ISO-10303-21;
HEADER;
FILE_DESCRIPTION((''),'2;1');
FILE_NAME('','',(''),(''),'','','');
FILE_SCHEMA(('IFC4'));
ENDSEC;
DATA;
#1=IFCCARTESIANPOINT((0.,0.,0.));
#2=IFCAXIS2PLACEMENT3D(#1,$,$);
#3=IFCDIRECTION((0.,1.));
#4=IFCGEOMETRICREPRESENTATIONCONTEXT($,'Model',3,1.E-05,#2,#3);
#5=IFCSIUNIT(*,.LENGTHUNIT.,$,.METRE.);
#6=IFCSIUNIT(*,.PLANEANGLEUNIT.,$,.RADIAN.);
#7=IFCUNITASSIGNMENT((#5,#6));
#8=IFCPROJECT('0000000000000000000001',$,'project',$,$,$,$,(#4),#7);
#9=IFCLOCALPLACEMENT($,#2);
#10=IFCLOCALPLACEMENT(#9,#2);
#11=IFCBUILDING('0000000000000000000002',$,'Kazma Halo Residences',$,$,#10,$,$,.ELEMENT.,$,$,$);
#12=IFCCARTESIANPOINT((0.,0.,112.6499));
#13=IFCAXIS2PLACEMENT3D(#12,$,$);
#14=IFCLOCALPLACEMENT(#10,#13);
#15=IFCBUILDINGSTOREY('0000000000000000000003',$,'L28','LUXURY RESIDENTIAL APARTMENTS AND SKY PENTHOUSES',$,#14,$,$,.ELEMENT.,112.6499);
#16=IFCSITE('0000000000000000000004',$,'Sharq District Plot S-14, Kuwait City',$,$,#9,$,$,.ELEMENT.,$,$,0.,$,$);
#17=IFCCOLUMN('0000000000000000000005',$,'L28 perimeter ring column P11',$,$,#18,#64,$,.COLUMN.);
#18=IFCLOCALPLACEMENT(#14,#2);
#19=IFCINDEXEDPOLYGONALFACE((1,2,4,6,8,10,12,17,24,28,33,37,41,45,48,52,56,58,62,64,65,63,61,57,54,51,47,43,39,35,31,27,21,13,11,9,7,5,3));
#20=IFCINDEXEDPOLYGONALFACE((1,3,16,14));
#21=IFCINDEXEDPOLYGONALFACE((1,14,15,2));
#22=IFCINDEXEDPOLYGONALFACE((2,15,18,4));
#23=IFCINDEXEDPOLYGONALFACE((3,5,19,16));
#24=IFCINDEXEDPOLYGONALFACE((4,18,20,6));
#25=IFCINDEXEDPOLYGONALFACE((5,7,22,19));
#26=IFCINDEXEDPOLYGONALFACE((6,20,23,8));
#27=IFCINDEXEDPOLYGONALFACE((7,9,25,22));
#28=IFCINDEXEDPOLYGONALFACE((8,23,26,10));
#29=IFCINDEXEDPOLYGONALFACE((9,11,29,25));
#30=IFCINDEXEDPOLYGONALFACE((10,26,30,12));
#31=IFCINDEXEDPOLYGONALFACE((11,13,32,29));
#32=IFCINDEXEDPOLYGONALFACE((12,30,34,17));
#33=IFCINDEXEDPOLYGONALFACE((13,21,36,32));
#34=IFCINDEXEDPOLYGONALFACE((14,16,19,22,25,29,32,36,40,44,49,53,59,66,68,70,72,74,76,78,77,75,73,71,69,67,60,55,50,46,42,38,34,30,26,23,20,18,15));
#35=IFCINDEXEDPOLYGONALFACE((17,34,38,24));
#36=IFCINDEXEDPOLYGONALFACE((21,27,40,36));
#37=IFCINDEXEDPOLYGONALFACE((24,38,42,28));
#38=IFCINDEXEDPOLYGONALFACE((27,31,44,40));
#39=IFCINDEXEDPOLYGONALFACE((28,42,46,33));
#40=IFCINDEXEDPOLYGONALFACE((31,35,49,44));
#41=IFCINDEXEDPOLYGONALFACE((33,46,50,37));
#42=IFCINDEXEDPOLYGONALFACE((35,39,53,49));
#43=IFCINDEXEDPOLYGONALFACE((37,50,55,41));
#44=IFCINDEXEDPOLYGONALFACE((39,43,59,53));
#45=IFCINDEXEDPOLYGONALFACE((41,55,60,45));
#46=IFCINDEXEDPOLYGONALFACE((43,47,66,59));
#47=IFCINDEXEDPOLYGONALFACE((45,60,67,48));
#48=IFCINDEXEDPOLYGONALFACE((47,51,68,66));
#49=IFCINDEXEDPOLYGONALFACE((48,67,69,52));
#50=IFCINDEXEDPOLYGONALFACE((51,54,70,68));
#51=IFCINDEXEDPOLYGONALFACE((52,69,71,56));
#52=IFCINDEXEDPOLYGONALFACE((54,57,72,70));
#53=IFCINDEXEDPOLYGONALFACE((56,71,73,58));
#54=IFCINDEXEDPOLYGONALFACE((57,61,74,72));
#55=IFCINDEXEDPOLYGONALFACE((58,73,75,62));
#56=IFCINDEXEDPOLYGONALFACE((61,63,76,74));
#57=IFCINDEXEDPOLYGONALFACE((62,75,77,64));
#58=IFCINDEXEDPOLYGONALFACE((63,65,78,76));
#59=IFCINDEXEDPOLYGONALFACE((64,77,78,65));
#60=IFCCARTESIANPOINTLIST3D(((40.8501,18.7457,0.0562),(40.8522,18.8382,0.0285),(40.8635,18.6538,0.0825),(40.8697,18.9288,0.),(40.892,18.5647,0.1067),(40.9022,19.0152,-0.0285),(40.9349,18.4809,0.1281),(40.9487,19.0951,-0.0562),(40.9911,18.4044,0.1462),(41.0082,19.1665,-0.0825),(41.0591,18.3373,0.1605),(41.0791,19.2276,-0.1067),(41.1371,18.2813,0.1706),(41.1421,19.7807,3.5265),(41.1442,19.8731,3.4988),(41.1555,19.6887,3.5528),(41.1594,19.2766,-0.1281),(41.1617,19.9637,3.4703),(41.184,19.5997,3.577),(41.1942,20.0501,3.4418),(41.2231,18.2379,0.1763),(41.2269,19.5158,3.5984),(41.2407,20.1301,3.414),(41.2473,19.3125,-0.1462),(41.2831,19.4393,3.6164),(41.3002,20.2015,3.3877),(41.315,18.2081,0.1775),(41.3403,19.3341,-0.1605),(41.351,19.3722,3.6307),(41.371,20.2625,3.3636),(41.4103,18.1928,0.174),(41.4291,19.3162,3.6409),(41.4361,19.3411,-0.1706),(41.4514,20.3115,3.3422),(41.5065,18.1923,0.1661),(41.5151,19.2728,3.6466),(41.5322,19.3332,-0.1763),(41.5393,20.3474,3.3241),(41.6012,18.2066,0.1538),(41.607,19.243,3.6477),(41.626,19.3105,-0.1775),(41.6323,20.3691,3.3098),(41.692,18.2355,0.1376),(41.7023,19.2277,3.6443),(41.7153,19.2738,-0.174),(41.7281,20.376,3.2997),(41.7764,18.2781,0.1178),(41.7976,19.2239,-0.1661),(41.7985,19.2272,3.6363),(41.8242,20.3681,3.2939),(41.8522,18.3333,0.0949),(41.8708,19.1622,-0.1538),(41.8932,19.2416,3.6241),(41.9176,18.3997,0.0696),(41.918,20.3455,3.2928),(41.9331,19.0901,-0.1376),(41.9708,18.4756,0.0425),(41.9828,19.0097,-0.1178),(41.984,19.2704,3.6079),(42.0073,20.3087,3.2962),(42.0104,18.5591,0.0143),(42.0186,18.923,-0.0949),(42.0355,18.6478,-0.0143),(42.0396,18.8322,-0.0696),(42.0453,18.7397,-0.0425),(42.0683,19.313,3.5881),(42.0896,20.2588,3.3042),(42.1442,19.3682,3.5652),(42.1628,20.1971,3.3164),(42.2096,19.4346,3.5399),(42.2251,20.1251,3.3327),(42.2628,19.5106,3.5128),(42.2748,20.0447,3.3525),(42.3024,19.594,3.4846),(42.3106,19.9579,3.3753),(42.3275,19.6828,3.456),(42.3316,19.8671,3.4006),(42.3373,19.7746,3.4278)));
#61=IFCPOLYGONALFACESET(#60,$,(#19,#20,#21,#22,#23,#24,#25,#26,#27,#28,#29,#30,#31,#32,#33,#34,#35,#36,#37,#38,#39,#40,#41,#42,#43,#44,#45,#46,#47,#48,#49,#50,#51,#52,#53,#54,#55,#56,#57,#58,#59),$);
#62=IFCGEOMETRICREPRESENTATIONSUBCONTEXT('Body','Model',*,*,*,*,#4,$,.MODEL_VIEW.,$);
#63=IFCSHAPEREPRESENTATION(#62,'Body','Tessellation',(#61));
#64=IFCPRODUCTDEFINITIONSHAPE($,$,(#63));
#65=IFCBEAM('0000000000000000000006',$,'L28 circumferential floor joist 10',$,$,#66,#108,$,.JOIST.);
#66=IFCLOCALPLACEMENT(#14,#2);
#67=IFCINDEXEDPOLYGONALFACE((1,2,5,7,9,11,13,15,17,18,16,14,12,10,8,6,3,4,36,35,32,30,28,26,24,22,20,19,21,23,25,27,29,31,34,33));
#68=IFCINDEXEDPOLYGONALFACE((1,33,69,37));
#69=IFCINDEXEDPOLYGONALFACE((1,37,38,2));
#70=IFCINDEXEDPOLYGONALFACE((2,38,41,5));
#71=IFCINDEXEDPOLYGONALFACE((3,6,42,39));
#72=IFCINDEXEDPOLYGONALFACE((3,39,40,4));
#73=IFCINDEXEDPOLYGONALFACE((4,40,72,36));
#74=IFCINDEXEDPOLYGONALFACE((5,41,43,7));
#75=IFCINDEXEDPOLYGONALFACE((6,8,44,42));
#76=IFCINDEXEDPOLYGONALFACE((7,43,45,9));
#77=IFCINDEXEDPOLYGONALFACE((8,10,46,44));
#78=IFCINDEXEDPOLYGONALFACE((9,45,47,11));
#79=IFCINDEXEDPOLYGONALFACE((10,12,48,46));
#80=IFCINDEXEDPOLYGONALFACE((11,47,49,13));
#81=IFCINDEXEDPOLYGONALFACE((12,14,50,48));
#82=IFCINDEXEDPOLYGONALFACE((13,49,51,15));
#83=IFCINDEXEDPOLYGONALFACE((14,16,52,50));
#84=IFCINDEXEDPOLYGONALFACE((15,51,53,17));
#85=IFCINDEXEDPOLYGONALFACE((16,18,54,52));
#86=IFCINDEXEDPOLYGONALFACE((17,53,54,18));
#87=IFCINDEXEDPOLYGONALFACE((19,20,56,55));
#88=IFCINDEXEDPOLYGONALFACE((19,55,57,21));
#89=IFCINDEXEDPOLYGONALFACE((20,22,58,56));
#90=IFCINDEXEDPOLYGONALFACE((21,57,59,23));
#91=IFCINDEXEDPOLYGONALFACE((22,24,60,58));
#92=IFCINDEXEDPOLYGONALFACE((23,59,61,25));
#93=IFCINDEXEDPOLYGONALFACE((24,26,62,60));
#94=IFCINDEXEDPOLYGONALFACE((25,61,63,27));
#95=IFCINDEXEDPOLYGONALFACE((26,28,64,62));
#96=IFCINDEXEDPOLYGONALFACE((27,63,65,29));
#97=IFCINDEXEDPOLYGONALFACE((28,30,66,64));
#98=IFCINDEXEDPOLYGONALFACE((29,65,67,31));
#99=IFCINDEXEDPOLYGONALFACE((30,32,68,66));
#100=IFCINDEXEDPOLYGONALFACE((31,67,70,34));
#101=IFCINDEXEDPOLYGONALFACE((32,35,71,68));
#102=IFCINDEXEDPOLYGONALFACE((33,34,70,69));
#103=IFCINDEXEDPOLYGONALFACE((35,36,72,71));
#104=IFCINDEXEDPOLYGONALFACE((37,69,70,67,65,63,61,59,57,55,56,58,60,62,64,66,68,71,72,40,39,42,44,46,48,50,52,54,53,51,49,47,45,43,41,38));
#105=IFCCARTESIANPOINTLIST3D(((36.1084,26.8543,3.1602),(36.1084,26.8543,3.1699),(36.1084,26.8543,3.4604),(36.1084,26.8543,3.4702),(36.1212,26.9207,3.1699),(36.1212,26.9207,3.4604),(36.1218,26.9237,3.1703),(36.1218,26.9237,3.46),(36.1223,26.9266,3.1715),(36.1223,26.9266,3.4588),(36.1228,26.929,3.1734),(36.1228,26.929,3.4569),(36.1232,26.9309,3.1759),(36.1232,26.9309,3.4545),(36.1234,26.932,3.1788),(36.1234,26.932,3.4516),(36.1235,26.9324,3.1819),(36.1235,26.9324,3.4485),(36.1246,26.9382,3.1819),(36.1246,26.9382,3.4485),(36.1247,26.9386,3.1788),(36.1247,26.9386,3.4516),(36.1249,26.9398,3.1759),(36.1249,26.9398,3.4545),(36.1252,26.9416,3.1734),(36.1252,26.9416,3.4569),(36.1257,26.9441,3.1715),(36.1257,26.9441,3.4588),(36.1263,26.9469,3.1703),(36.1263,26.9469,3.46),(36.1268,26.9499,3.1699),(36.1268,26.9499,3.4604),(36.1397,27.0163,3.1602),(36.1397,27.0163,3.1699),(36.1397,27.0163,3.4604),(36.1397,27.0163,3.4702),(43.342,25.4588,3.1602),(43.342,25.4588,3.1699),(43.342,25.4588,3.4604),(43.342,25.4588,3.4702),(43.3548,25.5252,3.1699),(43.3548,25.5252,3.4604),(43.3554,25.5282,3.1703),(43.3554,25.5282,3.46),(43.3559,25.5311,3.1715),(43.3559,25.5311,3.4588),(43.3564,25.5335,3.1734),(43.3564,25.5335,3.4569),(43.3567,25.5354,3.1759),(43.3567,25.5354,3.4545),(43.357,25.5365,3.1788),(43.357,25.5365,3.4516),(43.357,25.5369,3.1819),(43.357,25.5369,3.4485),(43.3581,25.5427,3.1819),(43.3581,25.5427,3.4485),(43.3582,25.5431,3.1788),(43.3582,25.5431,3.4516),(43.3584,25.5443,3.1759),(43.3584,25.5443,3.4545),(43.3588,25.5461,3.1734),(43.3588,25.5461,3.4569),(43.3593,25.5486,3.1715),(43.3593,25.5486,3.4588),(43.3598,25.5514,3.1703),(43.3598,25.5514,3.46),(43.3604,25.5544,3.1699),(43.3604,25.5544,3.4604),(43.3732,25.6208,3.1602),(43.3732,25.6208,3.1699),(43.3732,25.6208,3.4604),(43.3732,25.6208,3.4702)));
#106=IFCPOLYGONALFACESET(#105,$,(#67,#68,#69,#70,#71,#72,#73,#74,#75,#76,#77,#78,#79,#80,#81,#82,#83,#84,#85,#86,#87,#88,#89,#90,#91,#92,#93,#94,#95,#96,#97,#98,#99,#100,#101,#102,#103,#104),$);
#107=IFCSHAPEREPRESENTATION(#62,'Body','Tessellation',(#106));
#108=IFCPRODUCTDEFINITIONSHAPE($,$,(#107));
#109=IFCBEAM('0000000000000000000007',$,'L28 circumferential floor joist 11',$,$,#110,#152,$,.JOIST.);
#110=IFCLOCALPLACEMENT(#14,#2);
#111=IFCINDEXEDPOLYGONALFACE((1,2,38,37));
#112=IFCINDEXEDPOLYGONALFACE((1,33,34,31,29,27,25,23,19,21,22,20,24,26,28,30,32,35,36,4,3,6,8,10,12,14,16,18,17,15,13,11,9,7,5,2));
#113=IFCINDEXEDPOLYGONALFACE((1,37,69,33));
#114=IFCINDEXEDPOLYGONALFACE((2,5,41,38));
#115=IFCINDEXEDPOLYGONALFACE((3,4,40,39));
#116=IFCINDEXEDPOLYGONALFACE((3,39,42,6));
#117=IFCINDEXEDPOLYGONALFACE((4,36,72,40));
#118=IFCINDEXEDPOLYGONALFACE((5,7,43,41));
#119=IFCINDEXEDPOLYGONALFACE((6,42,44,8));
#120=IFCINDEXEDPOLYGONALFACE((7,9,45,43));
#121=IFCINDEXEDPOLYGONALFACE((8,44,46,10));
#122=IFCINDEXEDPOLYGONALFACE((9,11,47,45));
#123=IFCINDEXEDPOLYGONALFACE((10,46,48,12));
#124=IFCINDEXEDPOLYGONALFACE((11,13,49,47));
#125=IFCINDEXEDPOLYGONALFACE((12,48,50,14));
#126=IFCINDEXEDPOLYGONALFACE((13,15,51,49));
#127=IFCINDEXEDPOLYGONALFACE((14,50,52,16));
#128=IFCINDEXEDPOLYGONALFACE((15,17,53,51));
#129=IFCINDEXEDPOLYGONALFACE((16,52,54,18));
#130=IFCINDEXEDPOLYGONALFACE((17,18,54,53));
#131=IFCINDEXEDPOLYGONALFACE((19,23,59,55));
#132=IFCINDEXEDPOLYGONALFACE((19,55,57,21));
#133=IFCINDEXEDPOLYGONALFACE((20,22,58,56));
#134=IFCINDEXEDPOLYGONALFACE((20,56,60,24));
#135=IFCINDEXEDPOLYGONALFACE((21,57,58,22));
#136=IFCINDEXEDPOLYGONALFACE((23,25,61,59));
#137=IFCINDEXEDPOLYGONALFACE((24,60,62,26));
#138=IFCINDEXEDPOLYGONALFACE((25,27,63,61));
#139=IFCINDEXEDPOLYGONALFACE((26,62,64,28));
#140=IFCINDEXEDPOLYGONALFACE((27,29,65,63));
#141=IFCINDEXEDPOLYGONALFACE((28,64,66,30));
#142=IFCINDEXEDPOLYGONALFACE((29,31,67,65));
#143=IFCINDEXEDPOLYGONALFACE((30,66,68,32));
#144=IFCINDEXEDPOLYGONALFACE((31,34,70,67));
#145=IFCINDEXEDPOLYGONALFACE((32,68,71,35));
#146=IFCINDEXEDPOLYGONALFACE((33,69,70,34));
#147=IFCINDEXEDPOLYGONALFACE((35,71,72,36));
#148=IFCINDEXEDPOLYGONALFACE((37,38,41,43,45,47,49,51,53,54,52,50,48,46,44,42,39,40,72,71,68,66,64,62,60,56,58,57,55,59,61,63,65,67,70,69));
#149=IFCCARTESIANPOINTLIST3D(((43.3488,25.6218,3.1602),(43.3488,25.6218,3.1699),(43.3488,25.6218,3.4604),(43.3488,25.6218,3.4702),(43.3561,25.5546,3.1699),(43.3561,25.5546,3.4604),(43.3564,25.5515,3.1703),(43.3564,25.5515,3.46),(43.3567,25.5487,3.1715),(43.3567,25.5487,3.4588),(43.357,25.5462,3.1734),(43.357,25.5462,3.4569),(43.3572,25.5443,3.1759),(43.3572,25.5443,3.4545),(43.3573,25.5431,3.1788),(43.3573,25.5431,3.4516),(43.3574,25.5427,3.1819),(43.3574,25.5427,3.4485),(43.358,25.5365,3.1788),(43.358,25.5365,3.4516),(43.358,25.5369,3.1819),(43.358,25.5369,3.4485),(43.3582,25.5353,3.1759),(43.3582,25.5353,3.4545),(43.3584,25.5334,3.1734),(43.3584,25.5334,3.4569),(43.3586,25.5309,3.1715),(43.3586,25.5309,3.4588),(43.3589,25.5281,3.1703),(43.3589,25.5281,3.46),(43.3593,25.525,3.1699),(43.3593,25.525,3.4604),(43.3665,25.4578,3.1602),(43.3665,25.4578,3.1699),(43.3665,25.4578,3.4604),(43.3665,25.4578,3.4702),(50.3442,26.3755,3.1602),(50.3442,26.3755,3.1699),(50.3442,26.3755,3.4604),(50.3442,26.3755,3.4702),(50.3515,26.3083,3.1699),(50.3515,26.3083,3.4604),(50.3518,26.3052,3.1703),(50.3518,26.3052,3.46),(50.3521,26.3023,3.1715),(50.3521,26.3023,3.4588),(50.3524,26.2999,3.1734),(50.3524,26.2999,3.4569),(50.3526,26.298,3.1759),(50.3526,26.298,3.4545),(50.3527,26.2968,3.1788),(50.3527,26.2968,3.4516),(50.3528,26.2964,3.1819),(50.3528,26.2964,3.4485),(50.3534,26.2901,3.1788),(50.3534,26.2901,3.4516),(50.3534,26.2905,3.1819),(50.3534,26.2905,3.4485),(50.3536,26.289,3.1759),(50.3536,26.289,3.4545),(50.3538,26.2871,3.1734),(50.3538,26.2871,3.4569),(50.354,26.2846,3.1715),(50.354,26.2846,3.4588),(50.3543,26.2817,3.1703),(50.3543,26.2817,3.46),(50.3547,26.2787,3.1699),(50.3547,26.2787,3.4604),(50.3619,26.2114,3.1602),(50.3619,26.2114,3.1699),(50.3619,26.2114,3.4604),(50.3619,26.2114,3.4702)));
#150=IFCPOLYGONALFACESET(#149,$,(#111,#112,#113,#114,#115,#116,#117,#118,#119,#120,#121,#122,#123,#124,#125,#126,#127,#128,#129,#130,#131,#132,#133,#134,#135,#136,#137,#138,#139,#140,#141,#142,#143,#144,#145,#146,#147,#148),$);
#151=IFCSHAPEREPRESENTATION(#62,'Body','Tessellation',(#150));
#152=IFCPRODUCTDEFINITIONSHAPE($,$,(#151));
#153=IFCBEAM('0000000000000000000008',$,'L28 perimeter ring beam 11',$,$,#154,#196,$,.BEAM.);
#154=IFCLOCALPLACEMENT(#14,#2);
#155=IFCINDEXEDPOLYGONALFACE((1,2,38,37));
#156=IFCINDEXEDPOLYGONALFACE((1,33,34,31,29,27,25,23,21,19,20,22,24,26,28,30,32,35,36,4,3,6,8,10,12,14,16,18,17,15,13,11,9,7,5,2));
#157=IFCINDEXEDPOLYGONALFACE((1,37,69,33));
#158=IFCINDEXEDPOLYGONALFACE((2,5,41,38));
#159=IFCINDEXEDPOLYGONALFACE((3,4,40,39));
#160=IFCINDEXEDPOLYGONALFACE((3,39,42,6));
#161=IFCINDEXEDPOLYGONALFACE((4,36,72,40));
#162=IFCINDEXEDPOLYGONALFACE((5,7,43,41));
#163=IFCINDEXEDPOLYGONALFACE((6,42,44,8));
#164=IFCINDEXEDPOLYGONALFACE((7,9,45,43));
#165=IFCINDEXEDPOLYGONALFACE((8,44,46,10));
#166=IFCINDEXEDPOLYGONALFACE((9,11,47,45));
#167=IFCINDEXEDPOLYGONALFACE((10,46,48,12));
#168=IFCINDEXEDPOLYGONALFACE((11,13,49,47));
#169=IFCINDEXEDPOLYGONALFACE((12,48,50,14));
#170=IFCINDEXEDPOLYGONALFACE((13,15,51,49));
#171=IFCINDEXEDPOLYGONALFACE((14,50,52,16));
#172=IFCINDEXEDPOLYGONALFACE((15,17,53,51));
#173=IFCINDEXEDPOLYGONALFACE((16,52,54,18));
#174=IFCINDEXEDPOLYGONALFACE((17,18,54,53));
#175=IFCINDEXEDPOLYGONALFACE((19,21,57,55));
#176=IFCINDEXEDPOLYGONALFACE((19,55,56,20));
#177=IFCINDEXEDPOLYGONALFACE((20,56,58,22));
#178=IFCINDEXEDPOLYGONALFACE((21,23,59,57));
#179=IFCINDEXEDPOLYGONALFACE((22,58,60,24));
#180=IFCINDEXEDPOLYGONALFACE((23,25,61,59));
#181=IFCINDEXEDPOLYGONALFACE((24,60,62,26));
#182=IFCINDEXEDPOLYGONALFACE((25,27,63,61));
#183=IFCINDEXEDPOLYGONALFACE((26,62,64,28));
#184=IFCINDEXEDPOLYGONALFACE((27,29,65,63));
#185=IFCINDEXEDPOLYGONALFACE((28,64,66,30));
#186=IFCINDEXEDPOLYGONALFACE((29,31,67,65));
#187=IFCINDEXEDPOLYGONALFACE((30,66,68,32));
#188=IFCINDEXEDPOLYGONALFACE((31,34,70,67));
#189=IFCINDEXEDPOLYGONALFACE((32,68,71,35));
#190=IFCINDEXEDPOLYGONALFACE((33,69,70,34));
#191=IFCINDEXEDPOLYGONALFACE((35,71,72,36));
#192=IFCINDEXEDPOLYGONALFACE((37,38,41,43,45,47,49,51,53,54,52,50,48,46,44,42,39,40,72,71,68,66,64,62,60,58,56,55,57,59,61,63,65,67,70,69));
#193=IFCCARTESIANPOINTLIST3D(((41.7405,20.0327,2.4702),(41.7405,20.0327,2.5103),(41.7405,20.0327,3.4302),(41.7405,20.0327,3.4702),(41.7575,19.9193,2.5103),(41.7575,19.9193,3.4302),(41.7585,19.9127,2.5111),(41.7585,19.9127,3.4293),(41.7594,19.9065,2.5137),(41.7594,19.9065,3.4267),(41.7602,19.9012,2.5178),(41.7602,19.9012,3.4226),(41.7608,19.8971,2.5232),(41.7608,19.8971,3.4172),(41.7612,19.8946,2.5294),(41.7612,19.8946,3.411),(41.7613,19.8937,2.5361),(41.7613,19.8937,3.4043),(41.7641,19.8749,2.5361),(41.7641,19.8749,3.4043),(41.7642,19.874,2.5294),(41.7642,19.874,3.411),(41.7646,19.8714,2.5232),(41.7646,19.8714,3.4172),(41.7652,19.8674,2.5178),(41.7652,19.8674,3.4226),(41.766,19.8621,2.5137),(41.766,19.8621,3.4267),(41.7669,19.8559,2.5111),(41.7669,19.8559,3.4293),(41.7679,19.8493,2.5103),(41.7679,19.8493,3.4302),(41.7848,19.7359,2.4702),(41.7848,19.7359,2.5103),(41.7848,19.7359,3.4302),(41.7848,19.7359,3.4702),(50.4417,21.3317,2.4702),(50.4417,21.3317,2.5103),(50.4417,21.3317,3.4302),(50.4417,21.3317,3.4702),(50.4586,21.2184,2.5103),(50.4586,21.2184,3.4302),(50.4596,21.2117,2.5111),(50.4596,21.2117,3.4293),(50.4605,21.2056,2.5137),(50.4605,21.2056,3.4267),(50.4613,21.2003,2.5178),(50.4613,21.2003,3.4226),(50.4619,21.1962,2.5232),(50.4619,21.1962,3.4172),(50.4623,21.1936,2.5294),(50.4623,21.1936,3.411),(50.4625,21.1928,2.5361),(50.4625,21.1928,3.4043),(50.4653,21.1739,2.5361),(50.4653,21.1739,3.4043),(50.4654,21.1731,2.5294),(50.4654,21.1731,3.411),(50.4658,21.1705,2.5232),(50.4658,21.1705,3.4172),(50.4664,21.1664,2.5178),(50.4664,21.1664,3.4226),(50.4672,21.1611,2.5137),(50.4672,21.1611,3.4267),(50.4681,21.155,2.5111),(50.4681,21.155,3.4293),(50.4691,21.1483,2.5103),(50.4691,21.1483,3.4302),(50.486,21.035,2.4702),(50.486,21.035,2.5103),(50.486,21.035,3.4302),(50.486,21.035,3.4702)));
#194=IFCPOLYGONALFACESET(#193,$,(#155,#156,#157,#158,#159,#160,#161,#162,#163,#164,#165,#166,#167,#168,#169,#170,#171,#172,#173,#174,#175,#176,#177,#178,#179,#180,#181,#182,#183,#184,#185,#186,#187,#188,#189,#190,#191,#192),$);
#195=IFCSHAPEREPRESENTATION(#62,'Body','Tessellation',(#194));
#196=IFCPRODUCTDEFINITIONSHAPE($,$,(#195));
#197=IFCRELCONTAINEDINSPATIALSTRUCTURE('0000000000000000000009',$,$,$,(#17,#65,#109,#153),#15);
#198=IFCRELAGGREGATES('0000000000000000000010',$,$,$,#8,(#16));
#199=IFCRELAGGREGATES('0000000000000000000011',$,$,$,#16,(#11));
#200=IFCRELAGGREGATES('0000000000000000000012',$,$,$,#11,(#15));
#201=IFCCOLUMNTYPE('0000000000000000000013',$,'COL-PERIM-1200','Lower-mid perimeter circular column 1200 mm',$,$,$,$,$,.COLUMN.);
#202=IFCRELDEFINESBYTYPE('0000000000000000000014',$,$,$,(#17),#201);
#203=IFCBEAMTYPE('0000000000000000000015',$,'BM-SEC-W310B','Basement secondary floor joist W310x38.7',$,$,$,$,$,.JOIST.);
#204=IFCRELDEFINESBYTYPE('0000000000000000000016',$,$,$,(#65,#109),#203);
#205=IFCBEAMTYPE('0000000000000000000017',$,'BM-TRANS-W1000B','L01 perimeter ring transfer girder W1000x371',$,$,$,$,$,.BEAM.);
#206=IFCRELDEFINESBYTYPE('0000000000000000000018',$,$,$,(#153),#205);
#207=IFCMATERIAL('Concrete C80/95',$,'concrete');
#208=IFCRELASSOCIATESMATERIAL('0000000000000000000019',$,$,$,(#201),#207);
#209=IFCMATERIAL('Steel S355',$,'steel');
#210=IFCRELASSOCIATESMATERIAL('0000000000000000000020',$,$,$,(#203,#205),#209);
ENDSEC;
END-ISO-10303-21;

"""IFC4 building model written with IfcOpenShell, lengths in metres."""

from ifc_helpers import new_model, si_unit, direction, frame, origin, origin_2d, place, context, subcontext, project, spatial, circle, i_section, extrude, material, material_profile, profile_set, type_object, element, save


model = new_model("IFC4")

# Units and contexts
model_context = context("Model", 3, precision=1e-05, world=origin(), true_north=direction((0.0, 1.0)))
body_context = subcontext(model_context, "Body", "Model", "MODEL_VIEW")
ifc_project = project(units=[si_unit("LENGTHUNIT", "METRE"), si_unit("PLANEANGLEUNIT", "RADIAN")], contexts=[model_context])

# Site, building, storey
site_placement = place(None, origin())
site = spatial("IfcSite", under=ifc_project, at=site_placement, Name="Sharq District Plot S-14, Kuwait City", CompositionType="ELEMENT", RefElevation=0.0)
building_placement = place(site_placement, origin())
building = spatial("IfcBuilding", under=site, at=building_placement, Name="Kazma Halo Residences", CompositionType="ELEMENT")
storey_placement = place(building_placement, frame((0.0, 0.0, 112.6499)))
storey = spatial("IfcBuildingStorey", under=building, at=storey_placement, Name="L28", Description="LUXURY RESIDENTIAL APARTMENTS AND SKY PENTHOUSES", CompositionType="ELEMENT", Elevation=112.6499)

# Column
ifc_material_1 = material(Name="Concrete C80/95", Category="concrete")
ifc_material_profile_1 = material_profile(ifc_material_1, circle(Radius=0.6001, at=origin_2d()), Name="CIRC1200")
ifc_profile_set_1 = profile_set([ifc_material_profile_1], Name="Concrete C80/95")
column_type = type_object("IfcColumnType", Name="COL-PERIM-1200", Description="Lower-mid perimeter circular column 1200 mm", PredefinedType="COLUMN", material=ifc_profile_set_1)
column_placement = place(storey_placement, frame((41.4473, 18.7659, 0.0), z_axis=(0.080372, 0.284864, 0.955192), x_axis=(-0.962427, 0.271541, 0.0)))
element("IfcColumn", 1, at=column_placement, inside=storey, type_object=column_type, Name="L28 perimeter ring column P11", PredefinedType="COLUMN", context=body_context, shape_type="SweptSolid", body=[
    extrude(circle(Radius=0.6001, at=origin_2d()), origin(), (0.0, 0.0, 1.0), 3.6331),
])

# Beams
ifc_material_2 = material(Name="Steel S355", Category="steel")
ifc_material_profile_2 = material_profile(ifc_material_2, i_section(OverallWidth=0.165, OverallDepth=0.3101, WebThickness=0.0059, FlangeThickness=0.0098, FilletRadius=0.012, at=origin_2d()), Name="W310x38.7")
ifc_profile_set_2 = profile_set([ifc_material_profile_2], Name="Steel S355")
beam_type_1 = type_object("IfcBeamType", Name="BM-SEC-W310B", Description="Basement secondary floor joist W310x38.7", PredefinedType="JOIST", material=ifc_profile_set_2)
beam_1_placement = place(storey_placement, frame((36.124, 26.9353, 3.3152), z_axis=(0.981895, -0.189426, 0.0), x_axis=(0.189426, 0.981895, 0.0)))
element("IfcBeam", 2, at=beam_1_placement, inside=storey, type_object=beam_type_1, Name="L28 circumferential floor joist 10", PredefinedType="JOIST", context=body_context, shape_type="SweptSolid", body=[
    extrude(i_section(OverallWidth=0.165, OverallDepth=0.3101, WebThickness=0.0059, FlangeThickness=0.0098, FilletRadius=0.012, at=origin_2d()), origin(), (0.0, 0.0, 1.0), 7.3669),
])
beam_2_placement = place(storey_placement, frame((43.3577, 25.5398, 3.3152), z_axis=(0.994246, 0.107118, 0.0), x_axis=(-0.107118, 0.994246, 0.0)))
element("IfcBeam", 3, at=beam_2_placement, inside=storey, type_object=beam_type_1, Name="L28 circumferential floor joist 11", PredefinedType="JOIST", context=body_context, shape_type="SweptSolid", body=[
    extrude(i_section(OverallWidth=0.165, OverallDepth=0.3101, WebThickness=0.0059, FlangeThickness=0.0098, FilletRadius=0.012, at=origin_2d()), origin(), (0.0, 0.0, 1.0), 7.0359),
])
ifc_material_profile_3 = material_profile(ifc_material_2, i_section(OverallWidth=0.3, OverallDepth=1.0, WebThickness=0.019, FlangeThickness=0.04, FilletRadius=0.0259, at=origin_2d()), Name="W1000x371")
ifc_profile_set_3 = profile_set([ifc_material_profile_3], Name="Steel S355")
beam_type_2 = type_object("IfcBeamType", Name="BM-TRANS-W1000B", Description="L01 perimeter ring transfer girder W1000x371", PredefinedType="BEAM", material=ifc_profile_set_3)
beam_3_placement = place(storey_placement, frame((41.7627, 19.8843, 2.9702), z_axis=(0.989038, 0.147662, 0.0), x_axis=(-0.147662, 0.989038, 0.0)))
element("IfcBeam", 4, at=beam_3_placement, inside=storey, type_object=beam_type_2, Name="L28 perimeter ring beam 11", PredefinedType="BEAM", context=body_context, shape_type="SweptSolid", body=[
    extrude(i_section(OverallWidth=0.3, OverallDepth=1.0, WebThickness=0.019, FlangeThickness=0.04, FilletRadius=0.0259, at=origin_2d()), origin(), (0.0, 0.0, 1.0), 8.7976),
])

save(model, "model.ifc")
